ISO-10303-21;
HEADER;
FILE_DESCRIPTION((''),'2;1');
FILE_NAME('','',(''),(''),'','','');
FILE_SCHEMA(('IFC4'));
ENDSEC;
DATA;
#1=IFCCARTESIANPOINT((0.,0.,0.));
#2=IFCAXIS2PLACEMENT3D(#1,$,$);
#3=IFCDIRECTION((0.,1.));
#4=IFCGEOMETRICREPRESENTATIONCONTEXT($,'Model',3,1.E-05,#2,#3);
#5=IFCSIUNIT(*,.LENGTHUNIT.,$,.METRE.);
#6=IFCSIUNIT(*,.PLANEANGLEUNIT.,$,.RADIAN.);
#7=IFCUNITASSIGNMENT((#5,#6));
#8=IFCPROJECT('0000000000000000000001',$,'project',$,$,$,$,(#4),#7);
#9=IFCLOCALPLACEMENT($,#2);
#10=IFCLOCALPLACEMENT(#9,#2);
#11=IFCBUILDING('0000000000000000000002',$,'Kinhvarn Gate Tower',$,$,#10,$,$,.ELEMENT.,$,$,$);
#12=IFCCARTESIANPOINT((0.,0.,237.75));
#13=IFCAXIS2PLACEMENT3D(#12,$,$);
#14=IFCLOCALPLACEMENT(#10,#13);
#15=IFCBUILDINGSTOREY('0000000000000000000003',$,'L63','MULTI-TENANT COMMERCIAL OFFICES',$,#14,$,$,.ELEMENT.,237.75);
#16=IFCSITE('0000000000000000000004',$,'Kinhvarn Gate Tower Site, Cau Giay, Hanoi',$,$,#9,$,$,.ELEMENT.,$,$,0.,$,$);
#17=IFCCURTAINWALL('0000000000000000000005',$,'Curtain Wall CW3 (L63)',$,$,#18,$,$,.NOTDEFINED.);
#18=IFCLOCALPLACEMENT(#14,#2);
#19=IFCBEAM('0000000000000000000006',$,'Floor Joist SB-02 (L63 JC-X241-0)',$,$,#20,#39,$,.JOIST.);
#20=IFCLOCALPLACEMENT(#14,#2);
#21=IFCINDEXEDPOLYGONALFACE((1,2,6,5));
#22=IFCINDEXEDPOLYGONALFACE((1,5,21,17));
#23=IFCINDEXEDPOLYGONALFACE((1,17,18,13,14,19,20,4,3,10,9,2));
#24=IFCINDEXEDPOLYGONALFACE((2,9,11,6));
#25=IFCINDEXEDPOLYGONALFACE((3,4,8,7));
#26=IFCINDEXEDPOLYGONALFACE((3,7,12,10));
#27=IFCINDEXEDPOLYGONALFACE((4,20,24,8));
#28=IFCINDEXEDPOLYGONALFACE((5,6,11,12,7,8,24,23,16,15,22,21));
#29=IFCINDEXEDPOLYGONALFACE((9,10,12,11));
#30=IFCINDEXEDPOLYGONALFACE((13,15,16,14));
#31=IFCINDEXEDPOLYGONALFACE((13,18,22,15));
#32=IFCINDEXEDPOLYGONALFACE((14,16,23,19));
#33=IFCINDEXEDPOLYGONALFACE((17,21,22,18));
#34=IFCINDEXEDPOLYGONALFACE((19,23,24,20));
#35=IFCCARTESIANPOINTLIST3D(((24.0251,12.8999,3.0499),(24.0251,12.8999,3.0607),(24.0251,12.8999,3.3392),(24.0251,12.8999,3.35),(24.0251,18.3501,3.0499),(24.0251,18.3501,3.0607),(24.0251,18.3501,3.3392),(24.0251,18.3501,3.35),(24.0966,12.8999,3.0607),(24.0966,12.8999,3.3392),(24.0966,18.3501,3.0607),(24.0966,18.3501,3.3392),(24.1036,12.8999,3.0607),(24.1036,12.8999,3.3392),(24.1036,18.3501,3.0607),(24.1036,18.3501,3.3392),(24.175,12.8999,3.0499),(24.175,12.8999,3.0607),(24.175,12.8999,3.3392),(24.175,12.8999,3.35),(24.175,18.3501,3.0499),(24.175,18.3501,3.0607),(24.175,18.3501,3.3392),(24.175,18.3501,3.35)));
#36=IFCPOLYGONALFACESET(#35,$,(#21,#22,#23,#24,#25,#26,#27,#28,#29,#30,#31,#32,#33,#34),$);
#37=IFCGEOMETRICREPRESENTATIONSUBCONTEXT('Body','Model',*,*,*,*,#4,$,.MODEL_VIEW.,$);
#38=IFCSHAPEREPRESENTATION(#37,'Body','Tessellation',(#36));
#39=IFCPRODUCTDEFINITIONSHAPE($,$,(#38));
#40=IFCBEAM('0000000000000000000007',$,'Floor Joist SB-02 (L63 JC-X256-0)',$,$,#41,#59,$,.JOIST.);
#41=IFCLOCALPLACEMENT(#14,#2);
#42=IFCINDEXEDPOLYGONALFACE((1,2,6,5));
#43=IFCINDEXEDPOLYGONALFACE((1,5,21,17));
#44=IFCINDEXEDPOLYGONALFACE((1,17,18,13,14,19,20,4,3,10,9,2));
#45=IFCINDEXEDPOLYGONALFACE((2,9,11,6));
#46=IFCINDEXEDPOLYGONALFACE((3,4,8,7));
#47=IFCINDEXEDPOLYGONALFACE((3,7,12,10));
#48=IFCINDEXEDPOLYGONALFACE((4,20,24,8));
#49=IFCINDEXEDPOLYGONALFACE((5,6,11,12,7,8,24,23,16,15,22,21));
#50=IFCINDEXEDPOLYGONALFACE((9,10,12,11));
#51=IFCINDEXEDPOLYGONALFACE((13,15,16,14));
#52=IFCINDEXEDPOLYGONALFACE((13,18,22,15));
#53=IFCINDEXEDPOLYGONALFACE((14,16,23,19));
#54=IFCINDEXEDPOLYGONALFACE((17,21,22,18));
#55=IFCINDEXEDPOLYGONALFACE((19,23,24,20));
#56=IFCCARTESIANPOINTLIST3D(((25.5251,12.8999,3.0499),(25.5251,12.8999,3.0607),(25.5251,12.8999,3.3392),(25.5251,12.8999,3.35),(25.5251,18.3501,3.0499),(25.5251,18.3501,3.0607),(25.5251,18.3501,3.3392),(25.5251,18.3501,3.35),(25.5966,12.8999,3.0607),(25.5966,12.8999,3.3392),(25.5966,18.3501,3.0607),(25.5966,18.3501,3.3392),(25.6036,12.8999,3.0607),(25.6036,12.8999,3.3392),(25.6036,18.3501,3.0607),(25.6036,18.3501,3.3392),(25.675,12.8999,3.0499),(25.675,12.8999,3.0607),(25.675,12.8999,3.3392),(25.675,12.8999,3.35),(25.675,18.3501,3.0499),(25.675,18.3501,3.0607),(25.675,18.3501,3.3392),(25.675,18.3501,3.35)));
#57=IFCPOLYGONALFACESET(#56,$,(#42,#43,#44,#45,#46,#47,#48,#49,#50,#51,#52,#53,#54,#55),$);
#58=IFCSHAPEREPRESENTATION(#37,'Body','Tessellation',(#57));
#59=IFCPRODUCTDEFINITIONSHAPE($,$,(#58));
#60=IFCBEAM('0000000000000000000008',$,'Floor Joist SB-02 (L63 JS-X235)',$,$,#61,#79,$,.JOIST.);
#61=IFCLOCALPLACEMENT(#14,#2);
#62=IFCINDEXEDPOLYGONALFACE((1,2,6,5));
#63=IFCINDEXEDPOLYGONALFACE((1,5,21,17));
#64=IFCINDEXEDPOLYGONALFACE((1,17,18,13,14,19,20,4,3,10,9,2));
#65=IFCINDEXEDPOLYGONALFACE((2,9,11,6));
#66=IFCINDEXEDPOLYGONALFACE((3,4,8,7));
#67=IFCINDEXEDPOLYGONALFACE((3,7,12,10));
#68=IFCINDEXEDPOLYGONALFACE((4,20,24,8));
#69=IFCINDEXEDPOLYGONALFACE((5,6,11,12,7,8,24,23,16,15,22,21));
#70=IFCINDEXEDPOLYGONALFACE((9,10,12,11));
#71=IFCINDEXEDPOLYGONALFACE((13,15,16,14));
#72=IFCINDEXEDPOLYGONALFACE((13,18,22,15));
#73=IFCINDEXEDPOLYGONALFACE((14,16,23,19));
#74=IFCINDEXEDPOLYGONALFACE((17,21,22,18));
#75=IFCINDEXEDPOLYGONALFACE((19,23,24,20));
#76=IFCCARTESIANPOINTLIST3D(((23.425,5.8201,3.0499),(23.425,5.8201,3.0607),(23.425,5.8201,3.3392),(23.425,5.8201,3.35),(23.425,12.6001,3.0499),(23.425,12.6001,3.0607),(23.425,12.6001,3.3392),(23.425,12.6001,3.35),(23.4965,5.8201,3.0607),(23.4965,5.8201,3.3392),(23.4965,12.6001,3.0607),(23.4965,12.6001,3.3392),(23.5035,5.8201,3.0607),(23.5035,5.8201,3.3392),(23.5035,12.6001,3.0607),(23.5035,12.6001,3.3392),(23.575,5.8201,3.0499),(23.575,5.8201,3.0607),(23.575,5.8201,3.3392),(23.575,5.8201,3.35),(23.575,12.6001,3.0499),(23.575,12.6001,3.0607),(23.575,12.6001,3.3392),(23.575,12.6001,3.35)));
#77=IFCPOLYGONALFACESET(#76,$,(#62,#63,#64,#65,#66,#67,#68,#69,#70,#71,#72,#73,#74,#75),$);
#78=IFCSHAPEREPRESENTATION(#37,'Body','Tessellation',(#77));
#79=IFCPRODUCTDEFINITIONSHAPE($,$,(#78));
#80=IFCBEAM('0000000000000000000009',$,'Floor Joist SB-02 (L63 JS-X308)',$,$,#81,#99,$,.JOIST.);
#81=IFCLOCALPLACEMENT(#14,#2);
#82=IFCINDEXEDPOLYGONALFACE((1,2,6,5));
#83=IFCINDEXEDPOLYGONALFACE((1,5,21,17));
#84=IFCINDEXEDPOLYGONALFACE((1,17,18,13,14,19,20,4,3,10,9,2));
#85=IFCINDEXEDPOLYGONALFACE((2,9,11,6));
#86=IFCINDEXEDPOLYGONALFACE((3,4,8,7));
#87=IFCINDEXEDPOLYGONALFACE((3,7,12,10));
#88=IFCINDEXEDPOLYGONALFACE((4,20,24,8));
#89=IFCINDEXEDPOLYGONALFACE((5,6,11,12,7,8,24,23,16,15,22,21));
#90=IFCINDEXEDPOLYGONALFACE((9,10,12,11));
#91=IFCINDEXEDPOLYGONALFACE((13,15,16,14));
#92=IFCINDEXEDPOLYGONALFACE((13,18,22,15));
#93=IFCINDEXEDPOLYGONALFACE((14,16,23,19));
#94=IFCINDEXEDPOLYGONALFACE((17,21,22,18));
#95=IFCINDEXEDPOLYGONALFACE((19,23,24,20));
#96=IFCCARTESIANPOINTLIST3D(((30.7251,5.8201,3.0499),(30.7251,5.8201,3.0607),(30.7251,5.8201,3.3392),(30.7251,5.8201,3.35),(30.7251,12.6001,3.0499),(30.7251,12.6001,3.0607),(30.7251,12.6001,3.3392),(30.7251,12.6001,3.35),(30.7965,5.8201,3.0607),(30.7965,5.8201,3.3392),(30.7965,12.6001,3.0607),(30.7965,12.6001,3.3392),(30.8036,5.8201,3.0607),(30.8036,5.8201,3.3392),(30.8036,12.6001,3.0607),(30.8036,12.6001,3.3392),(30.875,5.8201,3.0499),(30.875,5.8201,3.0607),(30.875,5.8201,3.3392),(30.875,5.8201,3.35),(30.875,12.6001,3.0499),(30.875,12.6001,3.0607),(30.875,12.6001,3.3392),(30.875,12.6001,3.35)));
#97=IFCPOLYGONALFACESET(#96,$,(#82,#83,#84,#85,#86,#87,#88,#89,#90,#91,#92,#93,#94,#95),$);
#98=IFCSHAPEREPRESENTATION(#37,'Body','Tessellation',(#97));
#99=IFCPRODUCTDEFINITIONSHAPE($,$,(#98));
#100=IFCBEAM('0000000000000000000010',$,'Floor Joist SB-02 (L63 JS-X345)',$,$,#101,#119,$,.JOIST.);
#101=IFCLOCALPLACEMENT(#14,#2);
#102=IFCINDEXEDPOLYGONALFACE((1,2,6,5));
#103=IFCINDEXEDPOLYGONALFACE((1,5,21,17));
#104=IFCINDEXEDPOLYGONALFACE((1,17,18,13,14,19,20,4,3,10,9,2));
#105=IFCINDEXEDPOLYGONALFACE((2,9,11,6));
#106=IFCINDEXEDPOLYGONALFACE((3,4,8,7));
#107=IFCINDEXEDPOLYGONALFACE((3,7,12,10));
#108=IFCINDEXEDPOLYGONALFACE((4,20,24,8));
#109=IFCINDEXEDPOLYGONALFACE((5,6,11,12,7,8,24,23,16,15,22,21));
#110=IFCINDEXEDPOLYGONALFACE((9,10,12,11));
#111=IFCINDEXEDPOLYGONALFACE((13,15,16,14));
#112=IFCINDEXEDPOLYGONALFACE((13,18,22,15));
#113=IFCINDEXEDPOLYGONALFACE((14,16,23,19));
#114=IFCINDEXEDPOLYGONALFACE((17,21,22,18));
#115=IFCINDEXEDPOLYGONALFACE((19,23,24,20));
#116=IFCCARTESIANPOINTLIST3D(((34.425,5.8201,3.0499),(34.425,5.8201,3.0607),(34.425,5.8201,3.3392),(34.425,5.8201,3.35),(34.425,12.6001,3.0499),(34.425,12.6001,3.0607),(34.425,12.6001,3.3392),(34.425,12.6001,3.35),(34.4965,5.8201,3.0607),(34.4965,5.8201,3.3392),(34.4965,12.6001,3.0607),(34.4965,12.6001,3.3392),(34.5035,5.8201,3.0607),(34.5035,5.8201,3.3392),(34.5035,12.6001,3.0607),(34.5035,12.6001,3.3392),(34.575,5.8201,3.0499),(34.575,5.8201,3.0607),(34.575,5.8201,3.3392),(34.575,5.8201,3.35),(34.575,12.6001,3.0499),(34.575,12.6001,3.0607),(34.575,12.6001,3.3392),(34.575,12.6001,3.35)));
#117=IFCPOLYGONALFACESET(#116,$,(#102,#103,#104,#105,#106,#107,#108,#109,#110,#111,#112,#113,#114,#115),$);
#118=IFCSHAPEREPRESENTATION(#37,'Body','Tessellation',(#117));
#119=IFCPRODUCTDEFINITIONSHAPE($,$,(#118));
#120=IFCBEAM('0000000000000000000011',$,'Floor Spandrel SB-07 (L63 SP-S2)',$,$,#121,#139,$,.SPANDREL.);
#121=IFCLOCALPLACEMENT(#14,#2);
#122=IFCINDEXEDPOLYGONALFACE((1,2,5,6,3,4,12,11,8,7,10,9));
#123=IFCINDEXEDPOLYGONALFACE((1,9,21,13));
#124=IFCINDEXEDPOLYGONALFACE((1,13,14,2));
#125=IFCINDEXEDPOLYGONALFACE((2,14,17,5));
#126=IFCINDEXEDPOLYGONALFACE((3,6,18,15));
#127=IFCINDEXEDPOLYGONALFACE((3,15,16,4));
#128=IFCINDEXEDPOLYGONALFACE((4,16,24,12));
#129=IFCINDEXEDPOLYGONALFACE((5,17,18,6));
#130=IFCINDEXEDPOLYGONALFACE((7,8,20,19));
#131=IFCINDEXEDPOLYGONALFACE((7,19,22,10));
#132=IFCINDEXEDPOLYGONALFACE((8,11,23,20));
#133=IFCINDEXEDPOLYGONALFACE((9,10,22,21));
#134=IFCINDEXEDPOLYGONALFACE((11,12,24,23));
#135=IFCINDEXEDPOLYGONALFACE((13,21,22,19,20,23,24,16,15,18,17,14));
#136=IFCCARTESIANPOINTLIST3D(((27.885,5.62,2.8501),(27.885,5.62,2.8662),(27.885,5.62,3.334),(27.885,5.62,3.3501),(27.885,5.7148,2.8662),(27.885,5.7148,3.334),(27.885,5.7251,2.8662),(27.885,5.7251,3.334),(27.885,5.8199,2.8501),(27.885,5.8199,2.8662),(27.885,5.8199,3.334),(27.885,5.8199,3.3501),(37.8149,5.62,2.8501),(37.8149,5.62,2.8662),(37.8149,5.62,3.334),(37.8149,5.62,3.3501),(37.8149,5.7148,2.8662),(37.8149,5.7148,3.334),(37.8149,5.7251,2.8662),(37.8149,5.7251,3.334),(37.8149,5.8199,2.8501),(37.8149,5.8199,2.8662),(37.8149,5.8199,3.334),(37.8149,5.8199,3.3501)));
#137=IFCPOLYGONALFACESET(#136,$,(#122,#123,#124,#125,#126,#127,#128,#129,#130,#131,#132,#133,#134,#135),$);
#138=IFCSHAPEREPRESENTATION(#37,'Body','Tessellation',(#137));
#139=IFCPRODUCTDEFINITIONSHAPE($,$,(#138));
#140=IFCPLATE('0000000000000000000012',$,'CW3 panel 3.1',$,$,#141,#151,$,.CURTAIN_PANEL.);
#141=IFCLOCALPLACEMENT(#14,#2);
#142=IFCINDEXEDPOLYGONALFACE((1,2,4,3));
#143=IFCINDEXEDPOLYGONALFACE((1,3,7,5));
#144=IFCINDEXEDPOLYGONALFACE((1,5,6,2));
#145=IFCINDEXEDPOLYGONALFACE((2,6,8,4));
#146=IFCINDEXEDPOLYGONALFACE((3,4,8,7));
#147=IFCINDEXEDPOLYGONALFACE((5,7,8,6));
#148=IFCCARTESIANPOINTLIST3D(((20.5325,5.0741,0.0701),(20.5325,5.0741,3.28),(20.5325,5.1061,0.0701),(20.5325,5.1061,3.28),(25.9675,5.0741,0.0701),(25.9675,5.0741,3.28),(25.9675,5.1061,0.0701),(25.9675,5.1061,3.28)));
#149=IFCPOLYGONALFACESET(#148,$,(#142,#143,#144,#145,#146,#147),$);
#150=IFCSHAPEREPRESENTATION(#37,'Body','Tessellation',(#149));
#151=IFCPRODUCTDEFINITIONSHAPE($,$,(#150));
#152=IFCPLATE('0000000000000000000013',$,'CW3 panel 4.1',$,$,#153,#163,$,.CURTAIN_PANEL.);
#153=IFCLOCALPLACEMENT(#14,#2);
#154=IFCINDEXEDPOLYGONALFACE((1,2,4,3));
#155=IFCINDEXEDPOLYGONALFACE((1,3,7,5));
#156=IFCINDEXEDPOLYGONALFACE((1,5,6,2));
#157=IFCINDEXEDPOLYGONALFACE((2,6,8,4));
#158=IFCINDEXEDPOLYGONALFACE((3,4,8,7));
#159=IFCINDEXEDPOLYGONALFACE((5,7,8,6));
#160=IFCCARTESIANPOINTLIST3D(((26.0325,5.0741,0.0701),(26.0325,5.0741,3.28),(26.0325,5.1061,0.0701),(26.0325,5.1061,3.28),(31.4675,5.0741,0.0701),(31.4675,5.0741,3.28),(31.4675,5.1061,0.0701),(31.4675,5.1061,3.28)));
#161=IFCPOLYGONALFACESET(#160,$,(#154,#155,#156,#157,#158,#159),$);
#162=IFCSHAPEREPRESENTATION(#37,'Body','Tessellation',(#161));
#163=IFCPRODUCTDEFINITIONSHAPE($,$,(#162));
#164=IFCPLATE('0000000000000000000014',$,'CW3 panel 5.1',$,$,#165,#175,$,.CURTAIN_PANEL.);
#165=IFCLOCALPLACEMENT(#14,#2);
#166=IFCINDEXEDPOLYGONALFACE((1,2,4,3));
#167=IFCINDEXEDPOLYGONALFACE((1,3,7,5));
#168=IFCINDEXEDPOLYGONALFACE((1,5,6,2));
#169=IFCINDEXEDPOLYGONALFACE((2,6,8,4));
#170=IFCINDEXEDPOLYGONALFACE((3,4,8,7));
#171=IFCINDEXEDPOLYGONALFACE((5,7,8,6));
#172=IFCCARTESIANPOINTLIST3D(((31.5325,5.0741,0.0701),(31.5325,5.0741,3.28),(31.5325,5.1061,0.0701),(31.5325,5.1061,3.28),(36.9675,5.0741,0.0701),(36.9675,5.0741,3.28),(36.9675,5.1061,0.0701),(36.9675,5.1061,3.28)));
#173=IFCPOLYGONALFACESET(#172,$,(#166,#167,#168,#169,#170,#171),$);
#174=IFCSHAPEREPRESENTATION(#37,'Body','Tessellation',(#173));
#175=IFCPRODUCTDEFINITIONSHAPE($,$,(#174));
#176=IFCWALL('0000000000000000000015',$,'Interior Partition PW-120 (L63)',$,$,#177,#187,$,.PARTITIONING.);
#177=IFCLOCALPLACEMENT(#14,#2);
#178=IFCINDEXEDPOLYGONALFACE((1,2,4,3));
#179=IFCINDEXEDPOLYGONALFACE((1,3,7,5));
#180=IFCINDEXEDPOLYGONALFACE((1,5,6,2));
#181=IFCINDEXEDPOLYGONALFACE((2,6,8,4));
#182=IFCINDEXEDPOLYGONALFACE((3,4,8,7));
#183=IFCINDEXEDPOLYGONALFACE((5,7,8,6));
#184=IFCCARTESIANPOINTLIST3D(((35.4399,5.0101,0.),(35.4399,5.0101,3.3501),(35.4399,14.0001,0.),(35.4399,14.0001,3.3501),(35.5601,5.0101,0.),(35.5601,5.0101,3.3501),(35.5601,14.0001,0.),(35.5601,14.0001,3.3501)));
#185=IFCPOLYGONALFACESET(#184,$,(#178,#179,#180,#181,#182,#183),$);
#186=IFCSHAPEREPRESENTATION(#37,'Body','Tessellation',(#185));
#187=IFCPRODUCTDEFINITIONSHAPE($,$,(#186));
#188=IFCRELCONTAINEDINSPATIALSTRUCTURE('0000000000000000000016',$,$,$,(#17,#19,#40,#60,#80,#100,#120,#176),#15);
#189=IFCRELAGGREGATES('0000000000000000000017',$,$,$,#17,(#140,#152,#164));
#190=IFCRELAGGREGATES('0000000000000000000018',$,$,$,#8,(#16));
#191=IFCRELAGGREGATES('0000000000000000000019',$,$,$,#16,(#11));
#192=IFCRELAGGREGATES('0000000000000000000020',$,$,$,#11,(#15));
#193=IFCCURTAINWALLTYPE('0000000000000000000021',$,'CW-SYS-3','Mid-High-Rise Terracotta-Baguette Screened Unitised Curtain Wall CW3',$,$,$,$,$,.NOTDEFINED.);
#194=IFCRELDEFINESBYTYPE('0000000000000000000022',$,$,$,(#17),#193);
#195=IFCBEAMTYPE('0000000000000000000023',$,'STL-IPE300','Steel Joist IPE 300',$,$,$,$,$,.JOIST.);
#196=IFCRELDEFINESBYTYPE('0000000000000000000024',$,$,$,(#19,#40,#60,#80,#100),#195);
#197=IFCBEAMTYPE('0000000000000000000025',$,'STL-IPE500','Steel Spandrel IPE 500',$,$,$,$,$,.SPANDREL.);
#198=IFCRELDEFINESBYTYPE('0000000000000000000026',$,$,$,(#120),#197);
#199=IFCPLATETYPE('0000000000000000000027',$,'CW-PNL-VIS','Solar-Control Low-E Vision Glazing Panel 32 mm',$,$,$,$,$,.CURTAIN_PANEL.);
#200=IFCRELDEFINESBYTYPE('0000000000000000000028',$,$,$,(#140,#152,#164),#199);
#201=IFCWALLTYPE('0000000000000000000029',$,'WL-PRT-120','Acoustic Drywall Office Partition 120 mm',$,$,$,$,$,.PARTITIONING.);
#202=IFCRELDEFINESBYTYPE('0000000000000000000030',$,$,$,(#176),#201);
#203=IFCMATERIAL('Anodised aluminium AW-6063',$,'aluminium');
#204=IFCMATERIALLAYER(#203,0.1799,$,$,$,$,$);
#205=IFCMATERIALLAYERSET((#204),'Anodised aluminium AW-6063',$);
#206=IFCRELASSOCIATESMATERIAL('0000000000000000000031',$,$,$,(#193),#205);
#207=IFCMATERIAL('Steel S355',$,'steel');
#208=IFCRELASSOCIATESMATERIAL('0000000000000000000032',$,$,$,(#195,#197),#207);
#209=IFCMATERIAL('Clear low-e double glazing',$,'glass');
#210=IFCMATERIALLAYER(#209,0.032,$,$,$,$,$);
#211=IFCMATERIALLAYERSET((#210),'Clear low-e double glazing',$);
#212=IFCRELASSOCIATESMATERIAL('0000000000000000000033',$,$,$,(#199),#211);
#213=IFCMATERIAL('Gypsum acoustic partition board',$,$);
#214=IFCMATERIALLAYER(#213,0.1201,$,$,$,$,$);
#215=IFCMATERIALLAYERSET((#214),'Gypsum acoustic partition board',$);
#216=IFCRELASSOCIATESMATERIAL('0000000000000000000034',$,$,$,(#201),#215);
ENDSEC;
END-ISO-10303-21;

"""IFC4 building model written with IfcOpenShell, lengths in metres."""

from ifc_helpers import new_model, si_unit, direction, frame, frame_2d, origin, origin_2d, place, context, subcontext, project, spatial, rectangle, i_section, extrude, material, layer, layer_set, material_profile, profile_set, type_object, element, aggregate, save


model = new_model("IFC4")

# Units and contexts
model_context = context("Model", 3, precision=1e-05, world=origin(), true_north=direction((0.0, 1.0)))
body_context = subcontext(model_context, "Body", "Model", "MODEL_VIEW")
ifc_project = project(units=[si_unit("LENGTHUNIT", "METRE"), si_unit("PLANEANGLEUNIT", "RADIAN")], contexts=[model_context])

# Site, building, storey
site_placement = place(None, origin())
site = spatial("IfcSite", under=ifc_project, at=site_placement, Name="Kinhvarn Gate Tower Site, Cau Giay, Hanoi", CompositionType="ELEMENT", RefElevation=0.0)
building_placement = place(site_placement, origin())
building = spatial("IfcBuilding", under=site, at=building_placement, Name="Kinhvarn Gate Tower", CompositionType="ELEMENT")
storey_placement = place(building_placement, frame((0.0, 0.0, 237.75)))
storey = spatial("IfcBuildingStorey", under=building, at=storey_placement, Name="L63", Description="MULTI-TENANT COMMERCIAL OFFICES", CompositionType="ELEMENT", Elevation=237.75)

# Curtain wall
ifc_material_1 = material(Name="Anodised aluminium AW-6063", Category="aluminium")
ifc_layer_1 = layer(ifc_material_1, 0.1799)
ifc_layer_set_1 = layer_set([ifc_layer_1], Name="Anodised aluminium AW-6063")
curtain_wall_type = type_object("IfcCurtainWallType", Name="CW-SYS-3", Description="Mid-High-Rise Terracotta-Baguette Screened Unitised Curtain Wall CW3", PredefinedType="NOTDEFINED", material=ifc_layer_set_1)
curtain_wall_placement = place(storey_placement, origin())
curtain_wall = element("IfcCurtainWall", 1, at=curtain_wall_placement, inside=storey, type_object=curtain_wall_type, Name="Curtain Wall CW3 (L63)", PredefinedType="NOTDEFINED")

# Beams
ifc_material_2 = material(Name="Steel S355", Category="steel")
ifc_material_profile_1 = material_profile(ifc_material_2, i_section(OverallWidth=0.1499, OverallDepth=0.3, WebThickness=0.0071, FlangeThickness=0.0107, at=origin_2d()), Name="IPE 300")
ifc_profile_set_1 = profile_set([ifc_material_profile_1], Name="Steel S355")
beam_type_1 = type_object("IfcBeamType", Name="STL-IPE300", Description="Steel Joist IPE 300", PredefinedType="JOIST", material=ifc_profile_set_1)
for number, where, z_axis, x_axis, name in (
    (2, (24.1001, 12.8999, 3.2), (0.0, 1.0, 0.0), (-1.0, 0.0, 0.0), "Floor Joist SB-02 (L63 JC-X241-0)"),
    (3, (25.6001, 12.8999, 3.2), (0.0, 1.0, 0.0), (-1.0, 0.0, 0.0), "Floor Joist SB-02 (L63 JC-X256-0)"),
):
    element("IfcBeam", number, at=place(storey_placement, frame(where, z_axis=z_axis, x_axis=x_axis)), inside=storey, type_object=beam_type_1, Name=name, PredefinedType="JOIST", context=body_context, shape_type="SweptSolid", body=[
        extrude(i_section(OverallWidth=0.1499, OverallDepth=0.3, WebThickness=0.0071, FlangeThickness=0.0107, at=origin_2d()), origin(), (0.0, 0.0, 1.0), 5.4502),
    ])
for number, where, z_axis, x_axis, name in (
    (4, (23.5, 5.8201, 3.2), (0.0, 1.0, 0.0), (-1.0, 0.0, 0.0), "Floor Joist SB-02 (L63 JS-X235)"),
    (5, (30.8, 5.8201, 3.2), (0.0, 1.0, 0.0), (-1.0, 0.0, 0.0), "Floor Joist SB-02 (L63 JS-X308)"),
    (6, (34.5, 5.8201, 3.2), (0.0, 1.0, 0.0), (-1.0, 0.0, 0.0), "Floor Joist SB-02 (L63 JS-X345)"),
):
    element("IfcBeam", number, at=place(storey_placement, frame(where, z_axis=z_axis, x_axis=x_axis)), inside=storey, type_object=beam_type_1, Name=name, PredefinedType="JOIST", context=body_context, shape_type="SweptSolid", body=[
        extrude(i_section(OverallWidth=0.1499, OverallDepth=0.3, WebThickness=0.0071, FlangeThickness=0.0107, at=origin_2d()), origin(), (0.0, 0.0, 1.0), 6.78),
    ])
ifc_material_profile_2 = material_profile(ifc_material_2, i_section(OverallWidth=0.2, OverallDepth=0.5, WebThickness=0.0103, FlangeThickness=0.0161, at=origin_2d()), Name="IPE 500")
ifc_profile_set_2 = profile_set([ifc_material_profile_2], Name="Steel S355")
beam_type_2 = type_object("IfcBeamType", Name="STL-IPE500", Description="Steel Spandrel IPE 500", PredefinedType="SPANDREL", material=ifc_profile_set_2)
beam_1_placement = place(storey_placement, frame((27.885, 5.72, 3.1001), z_axis=(1.0, 0.0, 0.0), x_axis=(0.0, 1.0, 0.0)))
element("IfcBeam", 7, at=beam_1_placement, inside=storey, type_object=beam_type_2, Name="Floor Spandrel SB-07 (L63 SP-S2)", PredefinedType="SPANDREL", context=body_context, shape_type="SweptSolid", body=[
    extrude(i_section(OverallWidth=0.2, OverallDepth=0.5, WebThickness=0.0103, FlangeThickness=0.0161, at=origin_2d()), origin(), (0.0, 0.0, 1.0), 9.9299),
])

# Plates
ifc_material_3 = material(Name="Clear low-e double glazing", Category="glass")
ifc_layer_2 = layer(ifc_material_3, 0.032)
ifc_layer_set_2 = layer_set([ifc_layer_2], Name="Clear low-e double glazing")
plate_type = type_object("IfcPlateType", Name="CW-PNL-VIS", Description="Solar-Control Low-E Vision Glazing Panel 32 mm", PredefinedType="CURTAIN_PANEL", material=ifc_layer_set_2)
plate_1_placement = place(storey_placement, frame((23.25, 5.0901, 0.0701), z_axis=(0.0, 0.0, 1.0), x_axis=(1.0, 0.0, 0.0)))
plate_1 = element("IfcPlate", 8, at=plate_1_placement, type_object=plate_type, Name="CW3 panel 3.1", PredefinedType="CURTAIN_PANEL", context=body_context, shape_type="SweptSolid", body=[
    extrude(rectangle(XDim=5.4351, YDim=0.032, at=origin_2d()), origin(), (0.0, 0.0, 1.0), 3.21),
])
plate_2_placement = place(storey_placement, frame((28.75, 5.0901, 0.0701), z_axis=(0.0, 0.0, 1.0), x_axis=(1.0, 0.0, 0.0)))
plate_2 = element("IfcPlate", 9, at=plate_2_placement, type_object=plate_type, Name="CW3 panel 4.1", PredefinedType="CURTAIN_PANEL", context=body_context, shape_type="SweptSolid", body=[
    extrude(rectangle(XDim=5.4351, YDim=0.032, at=origin_2d()), origin(), (0.0, 0.0, 1.0), 3.21),
])
plate_3_placement = place(storey_placement, frame((34.25, 5.0901, 0.0701), z_axis=(0.0, 0.0, 1.0), x_axis=(1.0, 0.0, 0.0)))
plate_3 = element("IfcPlate", 10, at=plate_3_placement, type_object=plate_type, Name="CW3 panel 5.1", PredefinedType="CURTAIN_PANEL", context=body_context, shape_type="SweptSolid", body=[
    extrude(rectangle(XDim=5.4351, YDim=0.032, at=origin_2d()), origin(), (0.0, 0.0, 1.0), 3.21),
])
aggregate(curtain_wall, [plate_1, plate_2, plate_3])

# Wall
ifc_material_4 = material(Name="Gypsum acoustic partition board")
ifc_layer_3 = layer(ifc_material_4, 0.1201)
ifc_layer_set_3 = layer_set([ifc_layer_3], Name="Gypsum acoustic partition board")
wall_type = type_object("IfcWallType", Name="WL-PRT-120", Description="Acoustic Drywall Office Partition 120 mm", PredefinedType="PARTITIONING", material=ifc_layer_set_3)
wall_placement = place(storey_placement, frame((35.5, 5.01, 0.0), z_axis=(0.0, 0.0, 1.0), x_axis=(0.0, 1.0, 0.0)))
element("IfcWall", 11, at=wall_placement, inside=storey, type_object=wall_type, Name="Interior Partition PW-120 (L63)", PredefinedType="PARTITIONING", context=body_context, shape_type="SweptSolid", body=[
    extrude(rectangle(XDim=8.99, YDim=0.1201, at=frame_2d((4.4951, 0.0))), origin(), (0.0, 0.0, 1.0), 3.3501),
])

save(model, "model.ifc")
